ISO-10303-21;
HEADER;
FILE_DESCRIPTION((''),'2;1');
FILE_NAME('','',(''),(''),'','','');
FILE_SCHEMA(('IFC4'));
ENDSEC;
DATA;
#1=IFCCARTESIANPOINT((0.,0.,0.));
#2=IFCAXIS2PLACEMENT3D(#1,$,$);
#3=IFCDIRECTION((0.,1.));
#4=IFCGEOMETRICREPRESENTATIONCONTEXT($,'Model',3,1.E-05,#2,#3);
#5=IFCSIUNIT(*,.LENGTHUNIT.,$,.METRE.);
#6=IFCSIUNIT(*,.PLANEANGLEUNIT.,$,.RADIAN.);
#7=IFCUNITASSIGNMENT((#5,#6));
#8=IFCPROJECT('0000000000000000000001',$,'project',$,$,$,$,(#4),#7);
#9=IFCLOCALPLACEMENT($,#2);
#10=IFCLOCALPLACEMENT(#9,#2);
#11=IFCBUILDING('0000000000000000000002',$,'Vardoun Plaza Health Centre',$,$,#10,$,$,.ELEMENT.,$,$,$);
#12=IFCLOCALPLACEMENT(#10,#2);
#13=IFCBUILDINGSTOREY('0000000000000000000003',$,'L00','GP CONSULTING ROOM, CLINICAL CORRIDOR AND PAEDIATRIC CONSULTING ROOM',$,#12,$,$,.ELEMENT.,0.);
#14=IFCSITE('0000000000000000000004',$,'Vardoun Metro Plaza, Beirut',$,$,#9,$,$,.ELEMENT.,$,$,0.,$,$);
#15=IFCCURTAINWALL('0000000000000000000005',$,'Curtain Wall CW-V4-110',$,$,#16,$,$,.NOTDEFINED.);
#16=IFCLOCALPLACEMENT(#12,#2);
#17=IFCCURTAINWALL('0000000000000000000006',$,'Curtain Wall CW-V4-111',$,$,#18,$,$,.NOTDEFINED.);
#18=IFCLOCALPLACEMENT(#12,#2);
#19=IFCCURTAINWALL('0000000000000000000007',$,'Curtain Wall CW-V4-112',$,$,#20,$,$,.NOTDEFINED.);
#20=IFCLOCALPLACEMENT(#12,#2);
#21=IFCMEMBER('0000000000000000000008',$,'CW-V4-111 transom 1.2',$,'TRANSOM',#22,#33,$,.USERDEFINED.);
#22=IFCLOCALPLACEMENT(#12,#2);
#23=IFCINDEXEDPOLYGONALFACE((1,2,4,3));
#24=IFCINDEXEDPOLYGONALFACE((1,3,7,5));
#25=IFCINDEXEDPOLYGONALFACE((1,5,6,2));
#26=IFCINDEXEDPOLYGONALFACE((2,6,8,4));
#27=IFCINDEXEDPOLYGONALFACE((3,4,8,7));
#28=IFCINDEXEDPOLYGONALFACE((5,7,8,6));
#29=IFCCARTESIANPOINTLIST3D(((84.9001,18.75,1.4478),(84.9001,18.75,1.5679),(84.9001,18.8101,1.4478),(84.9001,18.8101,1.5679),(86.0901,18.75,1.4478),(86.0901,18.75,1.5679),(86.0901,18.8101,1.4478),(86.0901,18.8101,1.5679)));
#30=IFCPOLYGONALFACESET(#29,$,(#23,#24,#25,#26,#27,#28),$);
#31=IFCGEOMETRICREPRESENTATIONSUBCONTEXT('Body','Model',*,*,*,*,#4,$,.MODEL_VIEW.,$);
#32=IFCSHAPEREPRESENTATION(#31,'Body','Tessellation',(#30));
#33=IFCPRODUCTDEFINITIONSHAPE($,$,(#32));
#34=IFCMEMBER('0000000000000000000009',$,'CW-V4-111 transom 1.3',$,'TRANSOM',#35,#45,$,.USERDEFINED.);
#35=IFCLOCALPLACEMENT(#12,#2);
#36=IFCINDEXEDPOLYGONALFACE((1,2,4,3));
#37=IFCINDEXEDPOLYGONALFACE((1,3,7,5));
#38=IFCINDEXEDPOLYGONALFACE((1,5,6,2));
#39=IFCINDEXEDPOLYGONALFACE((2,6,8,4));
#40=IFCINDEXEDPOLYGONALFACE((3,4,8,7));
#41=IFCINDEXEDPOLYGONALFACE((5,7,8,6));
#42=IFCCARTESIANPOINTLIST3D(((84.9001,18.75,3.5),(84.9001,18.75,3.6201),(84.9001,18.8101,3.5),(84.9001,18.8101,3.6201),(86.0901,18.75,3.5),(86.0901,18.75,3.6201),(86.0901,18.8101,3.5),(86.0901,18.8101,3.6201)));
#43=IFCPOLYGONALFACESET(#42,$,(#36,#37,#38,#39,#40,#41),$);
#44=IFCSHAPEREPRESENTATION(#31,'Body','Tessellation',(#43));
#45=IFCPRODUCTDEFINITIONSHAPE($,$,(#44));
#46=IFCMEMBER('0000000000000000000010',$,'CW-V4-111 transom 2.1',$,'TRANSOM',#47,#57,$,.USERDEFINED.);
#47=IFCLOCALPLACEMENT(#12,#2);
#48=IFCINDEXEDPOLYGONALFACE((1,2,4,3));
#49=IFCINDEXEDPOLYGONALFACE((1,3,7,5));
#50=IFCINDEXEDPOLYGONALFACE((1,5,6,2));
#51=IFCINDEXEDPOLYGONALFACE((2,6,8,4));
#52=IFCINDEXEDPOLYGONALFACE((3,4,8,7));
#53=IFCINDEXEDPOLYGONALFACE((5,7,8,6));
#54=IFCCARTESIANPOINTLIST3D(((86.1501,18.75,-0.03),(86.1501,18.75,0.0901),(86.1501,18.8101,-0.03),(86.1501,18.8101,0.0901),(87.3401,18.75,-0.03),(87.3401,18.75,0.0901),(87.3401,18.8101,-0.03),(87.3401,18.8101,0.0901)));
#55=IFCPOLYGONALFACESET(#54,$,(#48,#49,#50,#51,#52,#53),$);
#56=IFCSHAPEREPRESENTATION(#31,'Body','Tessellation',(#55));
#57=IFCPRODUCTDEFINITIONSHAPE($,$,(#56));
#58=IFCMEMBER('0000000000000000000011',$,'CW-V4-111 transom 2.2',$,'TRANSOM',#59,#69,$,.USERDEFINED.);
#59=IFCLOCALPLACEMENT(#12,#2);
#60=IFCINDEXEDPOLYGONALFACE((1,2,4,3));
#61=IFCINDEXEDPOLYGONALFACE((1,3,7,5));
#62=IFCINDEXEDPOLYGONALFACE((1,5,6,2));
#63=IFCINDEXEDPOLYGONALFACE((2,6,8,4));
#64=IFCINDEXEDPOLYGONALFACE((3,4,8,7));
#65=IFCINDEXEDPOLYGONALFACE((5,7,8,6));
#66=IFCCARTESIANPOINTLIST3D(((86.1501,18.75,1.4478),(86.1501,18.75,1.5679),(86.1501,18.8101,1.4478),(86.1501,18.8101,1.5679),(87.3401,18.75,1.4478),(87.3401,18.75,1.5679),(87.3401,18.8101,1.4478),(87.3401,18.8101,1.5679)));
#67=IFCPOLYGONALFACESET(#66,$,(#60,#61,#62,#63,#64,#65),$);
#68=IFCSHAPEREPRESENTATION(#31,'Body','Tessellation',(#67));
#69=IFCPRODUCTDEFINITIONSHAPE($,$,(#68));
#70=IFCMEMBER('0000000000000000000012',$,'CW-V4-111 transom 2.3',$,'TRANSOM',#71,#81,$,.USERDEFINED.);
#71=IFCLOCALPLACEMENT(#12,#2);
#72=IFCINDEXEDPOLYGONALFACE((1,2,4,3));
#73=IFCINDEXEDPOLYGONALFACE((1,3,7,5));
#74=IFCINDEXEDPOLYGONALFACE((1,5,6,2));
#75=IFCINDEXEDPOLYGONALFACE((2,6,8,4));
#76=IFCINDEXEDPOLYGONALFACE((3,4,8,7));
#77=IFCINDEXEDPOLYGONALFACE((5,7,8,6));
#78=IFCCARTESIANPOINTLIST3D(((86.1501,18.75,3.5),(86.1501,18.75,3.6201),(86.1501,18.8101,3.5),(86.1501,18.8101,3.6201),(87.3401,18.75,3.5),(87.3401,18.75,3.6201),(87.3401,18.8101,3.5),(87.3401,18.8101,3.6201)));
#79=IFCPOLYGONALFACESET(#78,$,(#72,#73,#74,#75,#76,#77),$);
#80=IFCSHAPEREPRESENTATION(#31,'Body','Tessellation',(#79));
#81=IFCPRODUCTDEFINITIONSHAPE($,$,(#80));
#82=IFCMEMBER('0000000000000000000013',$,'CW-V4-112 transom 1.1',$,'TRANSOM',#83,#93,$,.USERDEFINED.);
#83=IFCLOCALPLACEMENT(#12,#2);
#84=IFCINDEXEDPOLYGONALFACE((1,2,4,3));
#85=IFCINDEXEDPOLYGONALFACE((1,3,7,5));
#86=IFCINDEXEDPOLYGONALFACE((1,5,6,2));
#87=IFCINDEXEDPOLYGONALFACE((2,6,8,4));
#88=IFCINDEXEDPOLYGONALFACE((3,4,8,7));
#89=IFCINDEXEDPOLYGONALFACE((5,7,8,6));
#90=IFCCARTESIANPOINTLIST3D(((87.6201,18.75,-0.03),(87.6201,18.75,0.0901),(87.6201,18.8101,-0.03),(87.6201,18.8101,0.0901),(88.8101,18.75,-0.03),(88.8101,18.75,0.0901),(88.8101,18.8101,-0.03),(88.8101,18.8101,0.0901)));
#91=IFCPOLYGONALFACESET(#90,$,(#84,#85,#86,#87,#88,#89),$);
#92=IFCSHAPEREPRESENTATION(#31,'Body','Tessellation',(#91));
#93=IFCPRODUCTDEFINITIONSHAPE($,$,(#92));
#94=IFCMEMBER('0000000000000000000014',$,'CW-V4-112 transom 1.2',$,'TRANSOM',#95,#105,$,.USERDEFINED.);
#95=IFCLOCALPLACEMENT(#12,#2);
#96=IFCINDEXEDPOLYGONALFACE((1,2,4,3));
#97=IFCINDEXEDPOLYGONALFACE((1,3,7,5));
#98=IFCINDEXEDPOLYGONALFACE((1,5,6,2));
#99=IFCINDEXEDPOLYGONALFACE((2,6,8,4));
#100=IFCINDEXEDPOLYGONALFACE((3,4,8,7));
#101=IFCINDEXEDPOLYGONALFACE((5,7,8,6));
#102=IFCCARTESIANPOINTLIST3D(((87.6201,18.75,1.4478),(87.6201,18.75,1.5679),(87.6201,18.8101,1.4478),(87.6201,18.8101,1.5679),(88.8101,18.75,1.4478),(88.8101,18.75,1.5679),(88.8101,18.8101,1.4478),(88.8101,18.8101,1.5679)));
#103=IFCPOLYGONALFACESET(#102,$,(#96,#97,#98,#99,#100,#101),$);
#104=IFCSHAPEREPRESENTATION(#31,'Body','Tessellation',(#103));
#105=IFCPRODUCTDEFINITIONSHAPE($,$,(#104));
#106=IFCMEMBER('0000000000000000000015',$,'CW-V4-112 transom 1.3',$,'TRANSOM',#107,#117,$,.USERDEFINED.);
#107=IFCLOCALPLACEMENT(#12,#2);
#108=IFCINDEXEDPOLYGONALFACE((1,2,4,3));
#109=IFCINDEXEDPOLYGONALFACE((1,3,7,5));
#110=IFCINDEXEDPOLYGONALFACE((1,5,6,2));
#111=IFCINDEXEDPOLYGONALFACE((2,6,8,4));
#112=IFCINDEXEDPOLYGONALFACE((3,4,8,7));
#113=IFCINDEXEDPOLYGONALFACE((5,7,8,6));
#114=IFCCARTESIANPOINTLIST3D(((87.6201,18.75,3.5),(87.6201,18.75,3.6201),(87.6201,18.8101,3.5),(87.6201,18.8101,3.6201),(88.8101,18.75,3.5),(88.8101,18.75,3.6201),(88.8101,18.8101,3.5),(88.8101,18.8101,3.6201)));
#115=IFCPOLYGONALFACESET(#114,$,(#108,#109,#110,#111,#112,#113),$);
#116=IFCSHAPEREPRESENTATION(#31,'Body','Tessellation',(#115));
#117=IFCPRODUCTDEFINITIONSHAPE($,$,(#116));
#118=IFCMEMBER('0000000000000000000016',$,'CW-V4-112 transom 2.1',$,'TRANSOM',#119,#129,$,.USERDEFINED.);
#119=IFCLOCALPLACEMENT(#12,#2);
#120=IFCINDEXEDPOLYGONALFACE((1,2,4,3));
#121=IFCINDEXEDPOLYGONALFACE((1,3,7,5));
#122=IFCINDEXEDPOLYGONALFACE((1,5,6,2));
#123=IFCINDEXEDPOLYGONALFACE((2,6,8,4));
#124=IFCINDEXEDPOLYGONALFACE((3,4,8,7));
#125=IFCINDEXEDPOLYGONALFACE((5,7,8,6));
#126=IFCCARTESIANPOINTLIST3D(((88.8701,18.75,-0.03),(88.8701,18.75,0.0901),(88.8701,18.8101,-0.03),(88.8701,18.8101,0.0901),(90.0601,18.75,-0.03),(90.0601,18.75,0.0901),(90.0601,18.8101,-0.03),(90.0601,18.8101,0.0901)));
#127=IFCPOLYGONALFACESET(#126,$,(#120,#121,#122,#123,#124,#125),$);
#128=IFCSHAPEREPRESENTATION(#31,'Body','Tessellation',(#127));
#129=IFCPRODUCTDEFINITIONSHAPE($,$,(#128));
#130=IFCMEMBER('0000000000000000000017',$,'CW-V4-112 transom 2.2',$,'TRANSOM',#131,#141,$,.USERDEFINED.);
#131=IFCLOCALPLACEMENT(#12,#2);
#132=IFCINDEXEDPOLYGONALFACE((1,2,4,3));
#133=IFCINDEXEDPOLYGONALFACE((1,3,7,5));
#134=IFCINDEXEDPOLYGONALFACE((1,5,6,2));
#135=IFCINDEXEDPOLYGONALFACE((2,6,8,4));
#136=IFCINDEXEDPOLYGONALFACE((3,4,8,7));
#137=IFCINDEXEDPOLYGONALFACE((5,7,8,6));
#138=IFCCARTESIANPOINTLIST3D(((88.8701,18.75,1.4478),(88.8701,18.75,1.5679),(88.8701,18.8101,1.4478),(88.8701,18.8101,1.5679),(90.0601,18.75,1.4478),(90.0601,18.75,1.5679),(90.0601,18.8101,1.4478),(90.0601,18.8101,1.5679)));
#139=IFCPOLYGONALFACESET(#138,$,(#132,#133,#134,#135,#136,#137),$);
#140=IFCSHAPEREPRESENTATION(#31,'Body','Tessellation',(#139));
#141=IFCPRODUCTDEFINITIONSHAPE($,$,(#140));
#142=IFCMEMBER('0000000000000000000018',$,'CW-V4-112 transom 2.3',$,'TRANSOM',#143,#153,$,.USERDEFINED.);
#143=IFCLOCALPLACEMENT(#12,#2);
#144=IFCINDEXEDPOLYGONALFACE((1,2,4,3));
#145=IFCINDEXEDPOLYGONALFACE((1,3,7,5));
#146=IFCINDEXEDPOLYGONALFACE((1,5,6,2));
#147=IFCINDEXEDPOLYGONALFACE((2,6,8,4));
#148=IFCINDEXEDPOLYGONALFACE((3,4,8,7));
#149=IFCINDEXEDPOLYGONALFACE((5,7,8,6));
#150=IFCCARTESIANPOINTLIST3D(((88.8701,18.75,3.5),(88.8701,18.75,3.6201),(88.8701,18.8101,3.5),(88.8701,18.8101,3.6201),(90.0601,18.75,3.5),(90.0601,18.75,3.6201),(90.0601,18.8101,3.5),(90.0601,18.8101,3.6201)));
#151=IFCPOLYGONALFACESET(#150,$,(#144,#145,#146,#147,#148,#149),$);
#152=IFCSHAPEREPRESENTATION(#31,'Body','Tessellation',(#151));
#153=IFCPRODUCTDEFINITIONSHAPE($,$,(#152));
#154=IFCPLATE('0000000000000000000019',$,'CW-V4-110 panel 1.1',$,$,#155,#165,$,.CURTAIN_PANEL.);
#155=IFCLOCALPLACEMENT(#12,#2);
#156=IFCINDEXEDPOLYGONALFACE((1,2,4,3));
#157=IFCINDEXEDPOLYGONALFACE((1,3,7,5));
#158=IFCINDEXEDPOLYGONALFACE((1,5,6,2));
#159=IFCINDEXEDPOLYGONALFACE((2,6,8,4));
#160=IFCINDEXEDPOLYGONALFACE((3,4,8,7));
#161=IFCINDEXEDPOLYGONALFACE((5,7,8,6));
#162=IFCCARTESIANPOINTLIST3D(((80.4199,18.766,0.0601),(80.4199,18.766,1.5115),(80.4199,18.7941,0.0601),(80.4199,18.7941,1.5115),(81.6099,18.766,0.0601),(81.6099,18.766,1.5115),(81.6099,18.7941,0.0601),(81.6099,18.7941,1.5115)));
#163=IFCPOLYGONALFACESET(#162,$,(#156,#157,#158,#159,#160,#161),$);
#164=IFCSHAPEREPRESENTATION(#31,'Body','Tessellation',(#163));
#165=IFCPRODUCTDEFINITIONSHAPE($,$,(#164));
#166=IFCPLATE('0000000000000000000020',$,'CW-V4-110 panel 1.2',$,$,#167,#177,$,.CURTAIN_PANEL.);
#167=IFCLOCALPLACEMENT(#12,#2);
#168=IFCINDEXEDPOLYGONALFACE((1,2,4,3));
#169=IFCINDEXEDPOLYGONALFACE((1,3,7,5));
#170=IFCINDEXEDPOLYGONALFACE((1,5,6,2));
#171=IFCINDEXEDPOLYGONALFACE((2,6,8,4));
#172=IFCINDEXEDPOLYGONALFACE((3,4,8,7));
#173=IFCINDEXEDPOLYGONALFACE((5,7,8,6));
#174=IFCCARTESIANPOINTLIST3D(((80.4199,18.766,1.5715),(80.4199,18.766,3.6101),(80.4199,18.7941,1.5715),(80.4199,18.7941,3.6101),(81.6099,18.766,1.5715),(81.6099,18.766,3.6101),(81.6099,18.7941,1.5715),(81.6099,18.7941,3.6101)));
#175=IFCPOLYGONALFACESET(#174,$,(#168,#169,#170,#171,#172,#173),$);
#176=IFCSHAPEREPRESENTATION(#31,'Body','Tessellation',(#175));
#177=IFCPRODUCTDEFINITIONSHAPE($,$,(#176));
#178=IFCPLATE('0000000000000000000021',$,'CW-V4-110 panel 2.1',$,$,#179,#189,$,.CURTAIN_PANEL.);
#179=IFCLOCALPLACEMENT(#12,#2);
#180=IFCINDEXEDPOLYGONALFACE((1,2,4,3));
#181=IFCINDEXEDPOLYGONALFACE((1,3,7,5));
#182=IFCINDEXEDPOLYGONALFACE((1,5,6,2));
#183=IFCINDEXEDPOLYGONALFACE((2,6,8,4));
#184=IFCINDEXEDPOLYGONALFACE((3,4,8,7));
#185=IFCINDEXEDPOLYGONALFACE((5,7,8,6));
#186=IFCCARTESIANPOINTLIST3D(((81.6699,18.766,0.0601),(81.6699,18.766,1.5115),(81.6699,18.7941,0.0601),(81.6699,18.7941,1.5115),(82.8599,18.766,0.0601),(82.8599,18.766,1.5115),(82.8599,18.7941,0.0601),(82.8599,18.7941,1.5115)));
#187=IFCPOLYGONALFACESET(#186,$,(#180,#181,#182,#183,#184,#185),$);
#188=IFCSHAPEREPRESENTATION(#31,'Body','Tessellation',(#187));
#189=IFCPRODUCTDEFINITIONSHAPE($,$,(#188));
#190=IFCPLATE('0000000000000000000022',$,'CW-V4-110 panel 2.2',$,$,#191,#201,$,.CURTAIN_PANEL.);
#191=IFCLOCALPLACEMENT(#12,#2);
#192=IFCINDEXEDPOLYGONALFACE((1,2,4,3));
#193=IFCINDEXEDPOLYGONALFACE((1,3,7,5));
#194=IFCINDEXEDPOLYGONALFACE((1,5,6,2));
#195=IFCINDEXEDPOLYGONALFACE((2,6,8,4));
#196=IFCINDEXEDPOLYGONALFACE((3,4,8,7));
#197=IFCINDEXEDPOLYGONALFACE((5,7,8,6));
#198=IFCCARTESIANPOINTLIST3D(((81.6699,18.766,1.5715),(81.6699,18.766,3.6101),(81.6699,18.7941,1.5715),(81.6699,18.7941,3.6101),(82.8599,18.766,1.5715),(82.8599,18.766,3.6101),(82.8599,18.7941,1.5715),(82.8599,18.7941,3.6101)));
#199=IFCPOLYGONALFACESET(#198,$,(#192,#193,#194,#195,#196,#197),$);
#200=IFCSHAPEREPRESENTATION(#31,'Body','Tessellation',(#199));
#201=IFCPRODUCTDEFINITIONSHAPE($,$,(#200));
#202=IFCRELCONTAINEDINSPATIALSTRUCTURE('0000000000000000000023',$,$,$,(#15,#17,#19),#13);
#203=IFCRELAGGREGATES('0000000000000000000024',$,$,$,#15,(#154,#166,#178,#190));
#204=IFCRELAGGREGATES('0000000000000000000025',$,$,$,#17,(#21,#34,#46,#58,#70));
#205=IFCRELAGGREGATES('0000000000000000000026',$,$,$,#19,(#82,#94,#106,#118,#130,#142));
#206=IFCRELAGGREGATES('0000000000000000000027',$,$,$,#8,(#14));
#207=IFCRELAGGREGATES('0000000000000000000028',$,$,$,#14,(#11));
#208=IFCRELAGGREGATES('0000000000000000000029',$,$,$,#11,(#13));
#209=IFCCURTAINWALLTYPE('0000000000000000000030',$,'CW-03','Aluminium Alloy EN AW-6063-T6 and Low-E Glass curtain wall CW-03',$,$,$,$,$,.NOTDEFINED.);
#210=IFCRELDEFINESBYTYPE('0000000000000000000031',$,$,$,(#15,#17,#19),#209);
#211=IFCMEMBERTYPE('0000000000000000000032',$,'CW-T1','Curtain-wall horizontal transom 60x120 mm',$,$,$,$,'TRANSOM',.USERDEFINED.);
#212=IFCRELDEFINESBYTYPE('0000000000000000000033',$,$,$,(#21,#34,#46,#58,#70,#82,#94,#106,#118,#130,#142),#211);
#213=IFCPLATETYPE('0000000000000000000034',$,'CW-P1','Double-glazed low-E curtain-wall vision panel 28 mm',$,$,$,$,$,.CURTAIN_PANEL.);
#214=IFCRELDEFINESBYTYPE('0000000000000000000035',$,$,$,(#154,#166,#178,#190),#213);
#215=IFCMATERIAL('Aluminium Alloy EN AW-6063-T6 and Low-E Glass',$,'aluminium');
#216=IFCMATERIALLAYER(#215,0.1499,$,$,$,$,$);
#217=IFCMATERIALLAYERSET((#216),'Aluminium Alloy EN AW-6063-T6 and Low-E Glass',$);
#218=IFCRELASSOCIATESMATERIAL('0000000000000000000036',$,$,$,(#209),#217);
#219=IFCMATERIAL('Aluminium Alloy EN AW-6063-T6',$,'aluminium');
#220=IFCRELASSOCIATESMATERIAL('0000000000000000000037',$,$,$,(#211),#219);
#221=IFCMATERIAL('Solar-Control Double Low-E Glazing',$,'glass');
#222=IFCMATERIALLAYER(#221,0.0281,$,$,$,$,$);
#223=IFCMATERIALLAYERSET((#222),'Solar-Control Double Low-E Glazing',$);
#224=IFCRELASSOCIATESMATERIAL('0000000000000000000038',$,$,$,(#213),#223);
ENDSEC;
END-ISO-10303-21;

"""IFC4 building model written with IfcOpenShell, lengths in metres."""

from ifc_helpers import new_model, si_unit, direction, frame, origin, origin_2d, place, context, subcontext, project, spatial, rectangle, extrude, material, layer, layer_set, material_profile, profile_set, type_object, element, aggregate, save


model = new_model("IFC4")

# Units and contexts
model_context = context("Model", 3, precision=1e-05, world=origin(), true_north=direction((0.0, 1.0)))
body_context = subcontext(model_context, "Body", "Model", "MODEL_VIEW")
ifc_project = project(units=[si_unit("LENGTHUNIT", "METRE"), si_unit("PLANEANGLEUNIT", "RADIAN")], contexts=[model_context])

# Site, building, storey
site_placement = place(None, origin())
site = spatial("IfcSite", under=ifc_project, at=site_placement, Name="Vardoun Metro Plaza, Beirut", CompositionType="ELEMENT", RefElevation=0.0)
building_placement = place(site_placement, origin())
building = spatial("IfcBuilding", under=site, at=building_placement, Name="Vardoun Plaza Health Centre", CompositionType="ELEMENT")
storey_placement = place(building_placement, origin())
storey = spatial("IfcBuildingStorey", under=building, at=storey_placement, Name="L00", Description="GP CONSULTING ROOM, CLINICAL CORRIDOR AND PAEDIATRIC CONSULTING ROOM", CompositionType="ELEMENT", Elevation=0.0)

# Curtain walls
ifc_material_1 = material(Name="Aluminium Alloy EN AW-6063-T6 and Low-E Glass", Category="aluminium")
ifc_layer_1 = layer(ifc_material_1, 0.1499)
ifc_layer_set_1 = layer_set([ifc_layer_1], Name="Aluminium Alloy EN AW-6063-T6 and Low-E Glass")
curtain_wall_type = type_object("IfcCurtainWallType", Name="CW-03", Description="Aluminium Alloy EN AW-6063-T6 and Low-E Glass curtain wall CW-03", PredefinedType="NOTDEFINED", material=ifc_layer_set_1)
curtain_wall_1_placement = place(storey_placement, origin())
curtain_wall_1 = element("IfcCurtainWall", 1, at=curtain_wall_1_placement, inside=storey, type_object=curtain_wall_type, Name="Curtain Wall CW-V4-110", PredefinedType="NOTDEFINED")
curtain_wall_2_placement = place(storey_placement, origin())
curtain_wall_2 = element("IfcCurtainWall", 2, at=curtain_wall_2_placement, inside=storey, type_object=curtain_wall_type, Name="Curtain Wall CW-V4-111", PredefinedType="NOTDEFINED")
curtain_wall_3_placement = place(storey_placement, origin())
curtain_wall_3 = element("IfcCurtainWall", 3, at=curtain_wall_3_placement, inside=storey, type_object=curtain_wall_type, Name="Curtain Wall CW-V4-112", PredefinedType="NOTDEFINED")

# Members
ifc_material_2 = material(Name="Aluminium Alloy EN AW-6063-T6", Category="aluminium")
ifc_material_profile_1 = material_profile(ifc_material_2, rectangle(XDim=0.0601, YDim=0.1201, at=origin_2d()), Name="CWT 60x120")
ifc_profile_set_1 = profile_set([ifc_material_profile_1], Name="Aluminium Alloy EN AW-6063-T6")
member_type_1 = type_object("IfcMemberType", Name="CW-T1", Description="Curtain-wall horizontal transom 60x120 mm", ElementType="TRANSOM", PredefinedType="USERDEFINED", material=ifc_profile_set_1)
member_1_placement = place(storey_placement, frame((84.9001, 18.78, 1.5078), z_axis=(1.0, 0.0, 0.0), x_axis=(0.0, 1.0, 0.0)))
member_1 = element("IfcMember", 4, at=member_1_placement, type_object=member_type_1, Name="CW-V4-111 transom 1.2", ObjectType="TRANSOM", PredefinedType="USERDEFINED", context=body_context, shape_type="SweptSolid", body=[
    extrude(rectangle(XDim=0.0601, YDim=0.1201, at=origin_2d()), origin(), (0.0, 0.0, 1.0), 1.1899),
])
member_2_placement = place(storey_placement, frame((84.9001, 18.78, 3.5601), z_axis=(1.0, 0.0, 0.0), x_axis=(0.0, 1.0, 0.0)))
member_2 = element("IfcMember", 5, at=member_2_placement, type_object=member_type_1, Name="CW-V4-111 transom 1.3", ObjectType="TRANSOM", PredefinedType="USERDEFINED", context=body_context, shape_type="SweptSolid", body=[
    extrude(rectangle(XDim=0.0601, YDim=0.1201, at=origin_2d()), origin(), (0.0, 0.0, 1.0), 1.1899),
])
member_3_placement = place(storey_placement, frame((86.1501, 18.78, 0.03), z_axis=(1.0, 0.0, 0.0), x_axis=(0.0, 1.0, 0.0)))
member_3 = element("IfcMember", 6, at=member_3_placement, type_object=member_type_1, Name="CW-V4-111 transom 2.1", ObjectType="TRANSOM", PredefinedType="USERDEFINED", context=body_context, shape_type="SweptSolid", body=[
    extrude(rectangle(XDim=0.0601, YDim=0.1201, at=origin_2d()), origin(), (0.0, 0.0, 1.0), 1.1899),
])
member_4_placement = place(storey_placement, frame((86.1501, 18.78, 1.5078), z_axis=(1.0, 0.0, 0.0), x_axis=(0.0, 1.0, 0.0)))
member_4 = element("IfcMember", 7, at=member_4_placement, type_object=member_type_1, Name="CW-V4-111 transom 2.2", ObjectType="TRANSOM", PredefinedType="USERDEFINED", context=body_context, shape_type="SweptSolid", body=[
    extrude(rectangle(XDim=0.0601, YDim=0.1201, at=origin_2d()), origin(), (0.0, 0.0, 1.0), 1.1899),
])
member_5_placement = place(storey_placement, frame((86.1501, 18.78, 3.5601), z_axis=(1.0, 0.0, 0.0), x_axis=(0.0, 1.0, 0.0)))
member_5 = element("IfcMember", 8, at=member_5_placement, type_object=member_type_1, Name="CW-V4-111 transom 2.3", ObjectType="TRANSOM", PredefinedType="USERDEFINED", context=body_context, shape_type="SweptSolid", body=[
    extrude(rectangle(XDim=0.0601, YDim=0.1201, at=origin_2d()), origin(), (0.0, 0.0, 1.0), 1.1899),
])
member_6_placement = place(storey_placement, frame((87.6201, 18.78, 0.03), z_axis=(1.0, 0.0, 0.0), x_axis=(0.0, 1.0, 0.0)))
member_6 = element("IfcMember", 9, at=member_6_placement, type_object=member_type_1, Name="CW-V4-112 transom 1.1", ObjectType="TRANSOM", PredefinedType="USERDEFINED", context=body_context, shape_type="SweptSolid", body=[
    extrude(rectangle(XDim=0.0601, YDim=0.1201, at=origin_2d()), origin(), (0.0, 0.0, 1.0), 1.1899),
])
member_7_placement = place(storey_placement, frame((87.6201, 18.78, 1.5078), z_axis=(1.0, 0.0, 0.0), x_axis=(0.0, 1.0, 0.0)))
member_7 = element("IfcMember", 10, at=member_7_placement, type_object=member_type_1, Name="CW-V4-112 transom 1.2", ObjectType="TRANSOM", PredefinedType="USERDEFINED", context=body_context, shape_type="SweptSolid", body=[
    extrude(rectangle(XDim=0.0601, YDim=0.1201, at=origin_2d()), origin(), (0.0, 0.0, 1.0), 1.1899),
])
member_8_placement = place(storey_placement, frame((87.6201, 18.78, 3.5601), z_axis=(1.0, 0.0, 0.0), x_axis=(0.0, 1.0, 0.0)))
member_8 = element("IfcMember", 11, at=member_8_placement, type_object=member_type_1, Name="CW-V4-112 transom 1.3", ObjectType="TRANSOM", PredefinedType="USERDEFINED", context=body_context, shape_type="SweptSolid", body=[
    extrude(rectangle(XDim=0.0601, YDim=0.1201, at=origin_2d()), origin(), (0.0, 0.0, 1.0), 1.1899),
])
member_9_placement = place(storey_placement, frame((88.8701, 18.78, 0.03), z_axis=(1.0, 0.0, 0.0), x_axis=(0.0, 1.0, 0.0)))
member_9 = element("IfcMember", 12, at=member_9_placement, type_object=member_type_1, Name="CW-V4-112 transom 2.1", ObjectType="TRANSOM", PredefinedType="USERDEFINED", context=body_context, shape_type="SweptSolid", body=[
    extrude(rectangle(XDim=0.0601, YDim=0.1201, at=origin_2d()), origin(), (0.0, 0.0, 1.0), 1.1899),
])
member_10_placement = place(storey_placement, frame((88.8701, 18.78, 1.5078), z_axis=(1.0, 0.0, 0.0), x_axis=(0.0, 1.0, 0.0)))
member_10 = element("IfcMember", 13, at=member_10_placement, type_object=member_type_1, Name="CW-V4-112 transom 2.2", ObjectType="TRANSOM", PredefinedType="USERDEFINED", context=body_context, shape_type="SweptSolid", body=[
    extrude(rectangle(XDim=0.0601, YDim=0.1201, at=origin_2d()), origin(), (0.0, 0.0, 1.0), 1.1899),
])
member_11_placement = place(storey_placement, frame((88.8701, 18.78, 3.5601), z_axis=(1.0, 0.0, 0.0), x_axis=(0.0, 1.0, 0.0)))
member_11 = element("IfcMember", 14, at=member_11_placement, type_object=member_type_1, Name="CW-V4-112 transom 2.3", ObjectType="TRANSOM", PredefinedType="USERDEFINED", context=body_context, shape_type="SweptSolid", body=[
    extrude(rectangle(XDim=0.0601, YDim=0.1201, at=origin_2d()), origin(), (0.0, 0.0, 1.0), 1.1899),
])

# Plates
ifc_material_3 = material(Name="Solar-Control Double Low-E Glazing", Category="glass")
ifc_layer_2 = layer(ifc_material_3, 0.0281)
ifc_layer_set_2 = layer_set([ifc_layer_2], Name="Solar-Control Double Low-E Glazing")
plate_type = type_object("IfcPlateType", Name="CW-P1", Description="Double-glazed low-E curtain-wall vision panel 28 mm", PredefinedType="CURTAIN_PANEL", material=ifc_layer_set_2)
plate_1_placement = place(storey_placement, frame((81.0149, 18.78, 0.0601), z_axis=(0.0, 0.0, 1.0), x_axis=(1.0, 0.0, 0.0)))
plate_1 = element("IfcPlate", 15, at=plate_1_placement, type_object=plate_type, Name="CW-V4-110 panel 1.1", PredefinedType="CURTAIN_PANEL", context=body_context, shape_type="SweptSolid", body=[
    extrude(rectangle(XDim=1.1899, YDim=0.0281, at=origin_2d()), origin(), (0.0, 0.0, 1.0), 1.4514),
])
plate_2_placement = place(storey_placement, frame((81.0149, 18.78, 1.5715), z_axis=(0.0, 0.0, 1.0), x_axis=(1.0, 0.0, 0.0)))
plate_2 = element("IfcPlate", 16, at=plate_2_placement, type_object=plate_type, Name="CW-V4-110 panel 1.2", PredefinedType="CURTAIN_PANEL", context=body_context, shape_type="SweptSolid", body=[
    extrude(rectangle(XDim=1.1899, YDim=0.0281, at=origin_2d()), origin(), (0.0, 0.0, 1.0), 2.0386),
])
plate_3_placement = place(storey_placement, frame((82.2649, 18.78, 0.0601), z_axis=(0.0, 0.0, 1.0), x_axis=(1.0, 0.0, 0.0)))
plate_3 = element("IfcPlate", 17, at=plate_3_placement, type_object=plate_type, Name="CW-V4-110 panel 2.1", PredefinedType="CURTAIN_PANEL", context=body_context, shape_type="SweptSolid", body=[
    extrude(rectangle(XDim=1.1899, YDim=0.0281, at=origin_2d()), origin(), (0.0, 0.0, 1.0), 1.4514),
])
plate_4_placement = place(storey_placement, frame((82.2649, 18.78, 1.5715), z_axis=(0.0, 0.0, 1.0), x_axis=(1.0, 0.0, 0.0)))
plate_4 = element("IfcPlate", 18, at=plate_4_placement, type_object=plate_type, Name="CW-V4-110 panel 2.2", PredefinedType="CURTAIN_PANEL", context=body_context, shape_type="SweptSolid", body=[
    extrude(rectangle(XDim=1.1899, YDim=0.0281, at=origin_2d()), origin(), (0.0, 0.0, 1.0), 2.0386),
])
aggregate(curtain_wall_1, [plate_1, plate_2, plate_3, plate_4])
aggregate(curtain_wall_2, [member_1, member_2, member_3, member_4, member_5])
aggregate(curtain_wall_3, [member_6, member_7, member_8, member_9, member_10, member_11])

save(model, "model.ifc")
